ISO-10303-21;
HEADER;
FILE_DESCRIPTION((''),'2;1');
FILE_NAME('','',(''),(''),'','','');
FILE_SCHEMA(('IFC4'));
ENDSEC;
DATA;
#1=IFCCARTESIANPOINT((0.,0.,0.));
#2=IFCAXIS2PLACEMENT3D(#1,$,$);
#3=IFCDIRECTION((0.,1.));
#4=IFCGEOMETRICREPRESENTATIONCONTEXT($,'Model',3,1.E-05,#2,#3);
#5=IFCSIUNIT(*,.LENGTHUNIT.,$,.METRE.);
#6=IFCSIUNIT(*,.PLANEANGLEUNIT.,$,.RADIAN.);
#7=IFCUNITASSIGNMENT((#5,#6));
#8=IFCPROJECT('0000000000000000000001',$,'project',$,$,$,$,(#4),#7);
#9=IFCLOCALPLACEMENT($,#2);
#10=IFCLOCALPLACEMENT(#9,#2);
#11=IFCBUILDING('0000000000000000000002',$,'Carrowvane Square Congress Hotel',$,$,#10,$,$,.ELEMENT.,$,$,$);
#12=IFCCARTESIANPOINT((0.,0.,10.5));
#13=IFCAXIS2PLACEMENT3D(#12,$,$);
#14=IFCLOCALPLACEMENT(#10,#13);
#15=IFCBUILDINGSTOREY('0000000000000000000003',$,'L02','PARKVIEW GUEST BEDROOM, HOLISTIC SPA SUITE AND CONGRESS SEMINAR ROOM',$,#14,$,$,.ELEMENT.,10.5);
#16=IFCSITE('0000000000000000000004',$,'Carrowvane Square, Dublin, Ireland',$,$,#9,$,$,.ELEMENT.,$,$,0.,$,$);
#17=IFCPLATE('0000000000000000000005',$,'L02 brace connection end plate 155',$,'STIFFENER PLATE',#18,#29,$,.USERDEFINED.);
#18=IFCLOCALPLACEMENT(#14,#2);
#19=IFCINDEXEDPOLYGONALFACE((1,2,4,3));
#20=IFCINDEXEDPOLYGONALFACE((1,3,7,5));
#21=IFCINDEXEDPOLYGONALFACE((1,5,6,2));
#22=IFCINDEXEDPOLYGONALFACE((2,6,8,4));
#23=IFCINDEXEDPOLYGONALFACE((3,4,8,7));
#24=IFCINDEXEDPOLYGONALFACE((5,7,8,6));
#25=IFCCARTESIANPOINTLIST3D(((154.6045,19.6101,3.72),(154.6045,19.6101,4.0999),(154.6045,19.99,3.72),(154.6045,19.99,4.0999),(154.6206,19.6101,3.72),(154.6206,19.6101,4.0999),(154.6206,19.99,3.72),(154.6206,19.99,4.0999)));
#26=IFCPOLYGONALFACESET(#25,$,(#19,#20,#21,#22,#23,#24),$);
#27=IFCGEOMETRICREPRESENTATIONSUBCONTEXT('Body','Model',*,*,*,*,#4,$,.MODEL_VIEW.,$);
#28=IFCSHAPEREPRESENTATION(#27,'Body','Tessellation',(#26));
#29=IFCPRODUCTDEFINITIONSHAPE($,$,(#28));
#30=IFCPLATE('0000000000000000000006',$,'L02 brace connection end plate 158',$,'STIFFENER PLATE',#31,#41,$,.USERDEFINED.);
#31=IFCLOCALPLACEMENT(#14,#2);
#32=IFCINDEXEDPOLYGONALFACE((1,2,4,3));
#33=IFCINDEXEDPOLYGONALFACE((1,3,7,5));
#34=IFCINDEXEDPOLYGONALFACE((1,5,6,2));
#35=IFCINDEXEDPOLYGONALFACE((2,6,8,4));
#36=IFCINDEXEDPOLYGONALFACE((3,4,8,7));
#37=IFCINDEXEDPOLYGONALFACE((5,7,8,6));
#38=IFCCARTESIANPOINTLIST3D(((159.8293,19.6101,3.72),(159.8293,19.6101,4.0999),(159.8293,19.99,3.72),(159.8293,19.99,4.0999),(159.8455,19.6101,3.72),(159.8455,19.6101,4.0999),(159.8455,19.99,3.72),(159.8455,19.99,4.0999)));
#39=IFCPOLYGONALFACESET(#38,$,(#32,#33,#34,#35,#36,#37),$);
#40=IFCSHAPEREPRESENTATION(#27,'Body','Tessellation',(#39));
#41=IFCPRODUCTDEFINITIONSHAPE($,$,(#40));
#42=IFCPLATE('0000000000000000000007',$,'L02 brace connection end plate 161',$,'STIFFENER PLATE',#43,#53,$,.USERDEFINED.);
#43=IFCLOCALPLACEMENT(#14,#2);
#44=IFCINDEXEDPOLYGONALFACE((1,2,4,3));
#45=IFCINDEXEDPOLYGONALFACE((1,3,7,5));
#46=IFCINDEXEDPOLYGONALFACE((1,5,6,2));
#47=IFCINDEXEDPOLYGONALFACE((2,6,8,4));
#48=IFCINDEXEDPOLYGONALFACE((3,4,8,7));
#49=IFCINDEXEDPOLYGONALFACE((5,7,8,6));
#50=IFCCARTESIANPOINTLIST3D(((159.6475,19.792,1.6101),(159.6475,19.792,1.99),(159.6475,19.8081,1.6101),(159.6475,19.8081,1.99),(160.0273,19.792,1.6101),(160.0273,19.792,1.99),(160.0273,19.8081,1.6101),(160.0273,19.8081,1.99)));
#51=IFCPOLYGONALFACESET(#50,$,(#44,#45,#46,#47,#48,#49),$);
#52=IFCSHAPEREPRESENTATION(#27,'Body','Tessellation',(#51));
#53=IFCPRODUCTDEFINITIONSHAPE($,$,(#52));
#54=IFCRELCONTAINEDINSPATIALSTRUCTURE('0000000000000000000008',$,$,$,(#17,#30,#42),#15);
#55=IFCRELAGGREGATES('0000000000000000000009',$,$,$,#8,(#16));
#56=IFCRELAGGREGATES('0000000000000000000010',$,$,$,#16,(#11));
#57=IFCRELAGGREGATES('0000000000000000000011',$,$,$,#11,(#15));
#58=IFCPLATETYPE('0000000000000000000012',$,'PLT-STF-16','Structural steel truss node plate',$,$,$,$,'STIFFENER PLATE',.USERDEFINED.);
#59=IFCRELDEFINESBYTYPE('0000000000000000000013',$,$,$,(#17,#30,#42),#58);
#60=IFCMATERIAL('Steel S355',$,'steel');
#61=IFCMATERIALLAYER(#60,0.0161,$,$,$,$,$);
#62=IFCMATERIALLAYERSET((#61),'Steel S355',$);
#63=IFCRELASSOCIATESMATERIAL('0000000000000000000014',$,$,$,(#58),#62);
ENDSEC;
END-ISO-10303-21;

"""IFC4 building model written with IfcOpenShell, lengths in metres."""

from ifc_helpers import new_model, si_unit, direction, frame, origin, origin_2d, place, context, subcontext, project, spatial, rectangle, extrude, material, layer, layer_set, type_object, element, save


model = new_model("IFC4")

# Units and contexts
model_context = context("Model", 3, precision=1e-05, world=origin(), true_north=direction((0.0, 1.0)))
body_context = subcontext(model_context, "Body", "Model", "MODEL_VIEW")
ifc_project = project(units=[si_unit("LENGTHUNIT", "METRE"), si_unit("PLANEANGLEUNIT", "RADIAN")], contexts=[model_context])

# Site, building, storey
site_placement = place(None, origin())
site = spatial("IfcSite", under=ifc_project, at=site_placement, Name="Carrowvane Square, Dublin, Ireland", CompositionType="ELEMENT", RefElevation=0.0)
building_placement = place(site_placement, origin())
building = spatial("IfcBuilding", under=site, at=building_placement, Name="Carrowvane Square Congress Hotel", CompositionType="ELEMENT")
storey_placement = place(building_placement, frame((0.0, 0.0, 10.5)))
storey = spatial("IfcBuildingStorey", under=building, at=storey_placement, Name="L02", Description="PARKVIEW GUEST BEDROOM, HOLISTIC SPA SUITE AND CONGRESS SEMINAR ROOM", CompositionType="ELEMENT", Elevation=10.5)

# Plates
ifc_material_1 = material(Name="Steel S355", Category="steel")
ifc_layer_1 = layer(ifc_material_1, 0.0161)
ifc_layer_set_1 = layer_set([ifc_layer_1], Name="Steel S355")
plate_type_1 = type_object("IfcPlateType", Name="PLT-STF-16", Description="Structural steel truss node plate", ElementType="STIFFENER PLATE", PredefinedType="USERDEFINED", material=ifc_layer_set_1)
for number, where, z_axis, x_axis, name in (
    (1, (154.6125, 19.8, 3.72), (0.0, 0.0, 1.0), (1.0, 0.0, 0.0), "L02 brace connection end plate 155"),
    (2, (159.8374, 19.8, 3.72), (0.0, 0.0, 1.0), (1.0, 0.0, 0.0), "L02 brace connection end plate 158"),
):
    element("IfcPlate", number, at=place(storey_placement, frame(where, z_axis=z_axis, x_axis=x_axis)), inside=storey, type_object=plate_type_1, Name=name, ObjectType="STIFFENER PLATE", PredefinedType="USERDEFINED", context=body_context, shape_type="SweptSolid", body=[
        extrude(rectangle(XDim=0.0161, YDim=0.3799, at=origin_2d()), origin(), (0.0, 0.0, 1.0), 0.3799),
    ])
plate_1_placement = place(storey_placement, frame((159.8374, 19.8, 1.6101), z_axis=(0.0, 0.0, 1.0), x_axis=(1.0, 0.0, 0.0)))
element("IfcPlate", 3, at=plate_1_placement, inside=storey, type_object=plate_type_1, Name="L02 brace connection end plate 161", ObjectType="STIFFENER PLATE", PredefinedType="USERDEFINED", context=body_context, shape_type="SweptSolid", body=[
    extrude(rectangle(XDim=0.3799, YDim=0.0161, at=origin_2d()), origin(), (0.0, 0.0, 1.0), 0.3799),
])

save(model, "model.ifc")
